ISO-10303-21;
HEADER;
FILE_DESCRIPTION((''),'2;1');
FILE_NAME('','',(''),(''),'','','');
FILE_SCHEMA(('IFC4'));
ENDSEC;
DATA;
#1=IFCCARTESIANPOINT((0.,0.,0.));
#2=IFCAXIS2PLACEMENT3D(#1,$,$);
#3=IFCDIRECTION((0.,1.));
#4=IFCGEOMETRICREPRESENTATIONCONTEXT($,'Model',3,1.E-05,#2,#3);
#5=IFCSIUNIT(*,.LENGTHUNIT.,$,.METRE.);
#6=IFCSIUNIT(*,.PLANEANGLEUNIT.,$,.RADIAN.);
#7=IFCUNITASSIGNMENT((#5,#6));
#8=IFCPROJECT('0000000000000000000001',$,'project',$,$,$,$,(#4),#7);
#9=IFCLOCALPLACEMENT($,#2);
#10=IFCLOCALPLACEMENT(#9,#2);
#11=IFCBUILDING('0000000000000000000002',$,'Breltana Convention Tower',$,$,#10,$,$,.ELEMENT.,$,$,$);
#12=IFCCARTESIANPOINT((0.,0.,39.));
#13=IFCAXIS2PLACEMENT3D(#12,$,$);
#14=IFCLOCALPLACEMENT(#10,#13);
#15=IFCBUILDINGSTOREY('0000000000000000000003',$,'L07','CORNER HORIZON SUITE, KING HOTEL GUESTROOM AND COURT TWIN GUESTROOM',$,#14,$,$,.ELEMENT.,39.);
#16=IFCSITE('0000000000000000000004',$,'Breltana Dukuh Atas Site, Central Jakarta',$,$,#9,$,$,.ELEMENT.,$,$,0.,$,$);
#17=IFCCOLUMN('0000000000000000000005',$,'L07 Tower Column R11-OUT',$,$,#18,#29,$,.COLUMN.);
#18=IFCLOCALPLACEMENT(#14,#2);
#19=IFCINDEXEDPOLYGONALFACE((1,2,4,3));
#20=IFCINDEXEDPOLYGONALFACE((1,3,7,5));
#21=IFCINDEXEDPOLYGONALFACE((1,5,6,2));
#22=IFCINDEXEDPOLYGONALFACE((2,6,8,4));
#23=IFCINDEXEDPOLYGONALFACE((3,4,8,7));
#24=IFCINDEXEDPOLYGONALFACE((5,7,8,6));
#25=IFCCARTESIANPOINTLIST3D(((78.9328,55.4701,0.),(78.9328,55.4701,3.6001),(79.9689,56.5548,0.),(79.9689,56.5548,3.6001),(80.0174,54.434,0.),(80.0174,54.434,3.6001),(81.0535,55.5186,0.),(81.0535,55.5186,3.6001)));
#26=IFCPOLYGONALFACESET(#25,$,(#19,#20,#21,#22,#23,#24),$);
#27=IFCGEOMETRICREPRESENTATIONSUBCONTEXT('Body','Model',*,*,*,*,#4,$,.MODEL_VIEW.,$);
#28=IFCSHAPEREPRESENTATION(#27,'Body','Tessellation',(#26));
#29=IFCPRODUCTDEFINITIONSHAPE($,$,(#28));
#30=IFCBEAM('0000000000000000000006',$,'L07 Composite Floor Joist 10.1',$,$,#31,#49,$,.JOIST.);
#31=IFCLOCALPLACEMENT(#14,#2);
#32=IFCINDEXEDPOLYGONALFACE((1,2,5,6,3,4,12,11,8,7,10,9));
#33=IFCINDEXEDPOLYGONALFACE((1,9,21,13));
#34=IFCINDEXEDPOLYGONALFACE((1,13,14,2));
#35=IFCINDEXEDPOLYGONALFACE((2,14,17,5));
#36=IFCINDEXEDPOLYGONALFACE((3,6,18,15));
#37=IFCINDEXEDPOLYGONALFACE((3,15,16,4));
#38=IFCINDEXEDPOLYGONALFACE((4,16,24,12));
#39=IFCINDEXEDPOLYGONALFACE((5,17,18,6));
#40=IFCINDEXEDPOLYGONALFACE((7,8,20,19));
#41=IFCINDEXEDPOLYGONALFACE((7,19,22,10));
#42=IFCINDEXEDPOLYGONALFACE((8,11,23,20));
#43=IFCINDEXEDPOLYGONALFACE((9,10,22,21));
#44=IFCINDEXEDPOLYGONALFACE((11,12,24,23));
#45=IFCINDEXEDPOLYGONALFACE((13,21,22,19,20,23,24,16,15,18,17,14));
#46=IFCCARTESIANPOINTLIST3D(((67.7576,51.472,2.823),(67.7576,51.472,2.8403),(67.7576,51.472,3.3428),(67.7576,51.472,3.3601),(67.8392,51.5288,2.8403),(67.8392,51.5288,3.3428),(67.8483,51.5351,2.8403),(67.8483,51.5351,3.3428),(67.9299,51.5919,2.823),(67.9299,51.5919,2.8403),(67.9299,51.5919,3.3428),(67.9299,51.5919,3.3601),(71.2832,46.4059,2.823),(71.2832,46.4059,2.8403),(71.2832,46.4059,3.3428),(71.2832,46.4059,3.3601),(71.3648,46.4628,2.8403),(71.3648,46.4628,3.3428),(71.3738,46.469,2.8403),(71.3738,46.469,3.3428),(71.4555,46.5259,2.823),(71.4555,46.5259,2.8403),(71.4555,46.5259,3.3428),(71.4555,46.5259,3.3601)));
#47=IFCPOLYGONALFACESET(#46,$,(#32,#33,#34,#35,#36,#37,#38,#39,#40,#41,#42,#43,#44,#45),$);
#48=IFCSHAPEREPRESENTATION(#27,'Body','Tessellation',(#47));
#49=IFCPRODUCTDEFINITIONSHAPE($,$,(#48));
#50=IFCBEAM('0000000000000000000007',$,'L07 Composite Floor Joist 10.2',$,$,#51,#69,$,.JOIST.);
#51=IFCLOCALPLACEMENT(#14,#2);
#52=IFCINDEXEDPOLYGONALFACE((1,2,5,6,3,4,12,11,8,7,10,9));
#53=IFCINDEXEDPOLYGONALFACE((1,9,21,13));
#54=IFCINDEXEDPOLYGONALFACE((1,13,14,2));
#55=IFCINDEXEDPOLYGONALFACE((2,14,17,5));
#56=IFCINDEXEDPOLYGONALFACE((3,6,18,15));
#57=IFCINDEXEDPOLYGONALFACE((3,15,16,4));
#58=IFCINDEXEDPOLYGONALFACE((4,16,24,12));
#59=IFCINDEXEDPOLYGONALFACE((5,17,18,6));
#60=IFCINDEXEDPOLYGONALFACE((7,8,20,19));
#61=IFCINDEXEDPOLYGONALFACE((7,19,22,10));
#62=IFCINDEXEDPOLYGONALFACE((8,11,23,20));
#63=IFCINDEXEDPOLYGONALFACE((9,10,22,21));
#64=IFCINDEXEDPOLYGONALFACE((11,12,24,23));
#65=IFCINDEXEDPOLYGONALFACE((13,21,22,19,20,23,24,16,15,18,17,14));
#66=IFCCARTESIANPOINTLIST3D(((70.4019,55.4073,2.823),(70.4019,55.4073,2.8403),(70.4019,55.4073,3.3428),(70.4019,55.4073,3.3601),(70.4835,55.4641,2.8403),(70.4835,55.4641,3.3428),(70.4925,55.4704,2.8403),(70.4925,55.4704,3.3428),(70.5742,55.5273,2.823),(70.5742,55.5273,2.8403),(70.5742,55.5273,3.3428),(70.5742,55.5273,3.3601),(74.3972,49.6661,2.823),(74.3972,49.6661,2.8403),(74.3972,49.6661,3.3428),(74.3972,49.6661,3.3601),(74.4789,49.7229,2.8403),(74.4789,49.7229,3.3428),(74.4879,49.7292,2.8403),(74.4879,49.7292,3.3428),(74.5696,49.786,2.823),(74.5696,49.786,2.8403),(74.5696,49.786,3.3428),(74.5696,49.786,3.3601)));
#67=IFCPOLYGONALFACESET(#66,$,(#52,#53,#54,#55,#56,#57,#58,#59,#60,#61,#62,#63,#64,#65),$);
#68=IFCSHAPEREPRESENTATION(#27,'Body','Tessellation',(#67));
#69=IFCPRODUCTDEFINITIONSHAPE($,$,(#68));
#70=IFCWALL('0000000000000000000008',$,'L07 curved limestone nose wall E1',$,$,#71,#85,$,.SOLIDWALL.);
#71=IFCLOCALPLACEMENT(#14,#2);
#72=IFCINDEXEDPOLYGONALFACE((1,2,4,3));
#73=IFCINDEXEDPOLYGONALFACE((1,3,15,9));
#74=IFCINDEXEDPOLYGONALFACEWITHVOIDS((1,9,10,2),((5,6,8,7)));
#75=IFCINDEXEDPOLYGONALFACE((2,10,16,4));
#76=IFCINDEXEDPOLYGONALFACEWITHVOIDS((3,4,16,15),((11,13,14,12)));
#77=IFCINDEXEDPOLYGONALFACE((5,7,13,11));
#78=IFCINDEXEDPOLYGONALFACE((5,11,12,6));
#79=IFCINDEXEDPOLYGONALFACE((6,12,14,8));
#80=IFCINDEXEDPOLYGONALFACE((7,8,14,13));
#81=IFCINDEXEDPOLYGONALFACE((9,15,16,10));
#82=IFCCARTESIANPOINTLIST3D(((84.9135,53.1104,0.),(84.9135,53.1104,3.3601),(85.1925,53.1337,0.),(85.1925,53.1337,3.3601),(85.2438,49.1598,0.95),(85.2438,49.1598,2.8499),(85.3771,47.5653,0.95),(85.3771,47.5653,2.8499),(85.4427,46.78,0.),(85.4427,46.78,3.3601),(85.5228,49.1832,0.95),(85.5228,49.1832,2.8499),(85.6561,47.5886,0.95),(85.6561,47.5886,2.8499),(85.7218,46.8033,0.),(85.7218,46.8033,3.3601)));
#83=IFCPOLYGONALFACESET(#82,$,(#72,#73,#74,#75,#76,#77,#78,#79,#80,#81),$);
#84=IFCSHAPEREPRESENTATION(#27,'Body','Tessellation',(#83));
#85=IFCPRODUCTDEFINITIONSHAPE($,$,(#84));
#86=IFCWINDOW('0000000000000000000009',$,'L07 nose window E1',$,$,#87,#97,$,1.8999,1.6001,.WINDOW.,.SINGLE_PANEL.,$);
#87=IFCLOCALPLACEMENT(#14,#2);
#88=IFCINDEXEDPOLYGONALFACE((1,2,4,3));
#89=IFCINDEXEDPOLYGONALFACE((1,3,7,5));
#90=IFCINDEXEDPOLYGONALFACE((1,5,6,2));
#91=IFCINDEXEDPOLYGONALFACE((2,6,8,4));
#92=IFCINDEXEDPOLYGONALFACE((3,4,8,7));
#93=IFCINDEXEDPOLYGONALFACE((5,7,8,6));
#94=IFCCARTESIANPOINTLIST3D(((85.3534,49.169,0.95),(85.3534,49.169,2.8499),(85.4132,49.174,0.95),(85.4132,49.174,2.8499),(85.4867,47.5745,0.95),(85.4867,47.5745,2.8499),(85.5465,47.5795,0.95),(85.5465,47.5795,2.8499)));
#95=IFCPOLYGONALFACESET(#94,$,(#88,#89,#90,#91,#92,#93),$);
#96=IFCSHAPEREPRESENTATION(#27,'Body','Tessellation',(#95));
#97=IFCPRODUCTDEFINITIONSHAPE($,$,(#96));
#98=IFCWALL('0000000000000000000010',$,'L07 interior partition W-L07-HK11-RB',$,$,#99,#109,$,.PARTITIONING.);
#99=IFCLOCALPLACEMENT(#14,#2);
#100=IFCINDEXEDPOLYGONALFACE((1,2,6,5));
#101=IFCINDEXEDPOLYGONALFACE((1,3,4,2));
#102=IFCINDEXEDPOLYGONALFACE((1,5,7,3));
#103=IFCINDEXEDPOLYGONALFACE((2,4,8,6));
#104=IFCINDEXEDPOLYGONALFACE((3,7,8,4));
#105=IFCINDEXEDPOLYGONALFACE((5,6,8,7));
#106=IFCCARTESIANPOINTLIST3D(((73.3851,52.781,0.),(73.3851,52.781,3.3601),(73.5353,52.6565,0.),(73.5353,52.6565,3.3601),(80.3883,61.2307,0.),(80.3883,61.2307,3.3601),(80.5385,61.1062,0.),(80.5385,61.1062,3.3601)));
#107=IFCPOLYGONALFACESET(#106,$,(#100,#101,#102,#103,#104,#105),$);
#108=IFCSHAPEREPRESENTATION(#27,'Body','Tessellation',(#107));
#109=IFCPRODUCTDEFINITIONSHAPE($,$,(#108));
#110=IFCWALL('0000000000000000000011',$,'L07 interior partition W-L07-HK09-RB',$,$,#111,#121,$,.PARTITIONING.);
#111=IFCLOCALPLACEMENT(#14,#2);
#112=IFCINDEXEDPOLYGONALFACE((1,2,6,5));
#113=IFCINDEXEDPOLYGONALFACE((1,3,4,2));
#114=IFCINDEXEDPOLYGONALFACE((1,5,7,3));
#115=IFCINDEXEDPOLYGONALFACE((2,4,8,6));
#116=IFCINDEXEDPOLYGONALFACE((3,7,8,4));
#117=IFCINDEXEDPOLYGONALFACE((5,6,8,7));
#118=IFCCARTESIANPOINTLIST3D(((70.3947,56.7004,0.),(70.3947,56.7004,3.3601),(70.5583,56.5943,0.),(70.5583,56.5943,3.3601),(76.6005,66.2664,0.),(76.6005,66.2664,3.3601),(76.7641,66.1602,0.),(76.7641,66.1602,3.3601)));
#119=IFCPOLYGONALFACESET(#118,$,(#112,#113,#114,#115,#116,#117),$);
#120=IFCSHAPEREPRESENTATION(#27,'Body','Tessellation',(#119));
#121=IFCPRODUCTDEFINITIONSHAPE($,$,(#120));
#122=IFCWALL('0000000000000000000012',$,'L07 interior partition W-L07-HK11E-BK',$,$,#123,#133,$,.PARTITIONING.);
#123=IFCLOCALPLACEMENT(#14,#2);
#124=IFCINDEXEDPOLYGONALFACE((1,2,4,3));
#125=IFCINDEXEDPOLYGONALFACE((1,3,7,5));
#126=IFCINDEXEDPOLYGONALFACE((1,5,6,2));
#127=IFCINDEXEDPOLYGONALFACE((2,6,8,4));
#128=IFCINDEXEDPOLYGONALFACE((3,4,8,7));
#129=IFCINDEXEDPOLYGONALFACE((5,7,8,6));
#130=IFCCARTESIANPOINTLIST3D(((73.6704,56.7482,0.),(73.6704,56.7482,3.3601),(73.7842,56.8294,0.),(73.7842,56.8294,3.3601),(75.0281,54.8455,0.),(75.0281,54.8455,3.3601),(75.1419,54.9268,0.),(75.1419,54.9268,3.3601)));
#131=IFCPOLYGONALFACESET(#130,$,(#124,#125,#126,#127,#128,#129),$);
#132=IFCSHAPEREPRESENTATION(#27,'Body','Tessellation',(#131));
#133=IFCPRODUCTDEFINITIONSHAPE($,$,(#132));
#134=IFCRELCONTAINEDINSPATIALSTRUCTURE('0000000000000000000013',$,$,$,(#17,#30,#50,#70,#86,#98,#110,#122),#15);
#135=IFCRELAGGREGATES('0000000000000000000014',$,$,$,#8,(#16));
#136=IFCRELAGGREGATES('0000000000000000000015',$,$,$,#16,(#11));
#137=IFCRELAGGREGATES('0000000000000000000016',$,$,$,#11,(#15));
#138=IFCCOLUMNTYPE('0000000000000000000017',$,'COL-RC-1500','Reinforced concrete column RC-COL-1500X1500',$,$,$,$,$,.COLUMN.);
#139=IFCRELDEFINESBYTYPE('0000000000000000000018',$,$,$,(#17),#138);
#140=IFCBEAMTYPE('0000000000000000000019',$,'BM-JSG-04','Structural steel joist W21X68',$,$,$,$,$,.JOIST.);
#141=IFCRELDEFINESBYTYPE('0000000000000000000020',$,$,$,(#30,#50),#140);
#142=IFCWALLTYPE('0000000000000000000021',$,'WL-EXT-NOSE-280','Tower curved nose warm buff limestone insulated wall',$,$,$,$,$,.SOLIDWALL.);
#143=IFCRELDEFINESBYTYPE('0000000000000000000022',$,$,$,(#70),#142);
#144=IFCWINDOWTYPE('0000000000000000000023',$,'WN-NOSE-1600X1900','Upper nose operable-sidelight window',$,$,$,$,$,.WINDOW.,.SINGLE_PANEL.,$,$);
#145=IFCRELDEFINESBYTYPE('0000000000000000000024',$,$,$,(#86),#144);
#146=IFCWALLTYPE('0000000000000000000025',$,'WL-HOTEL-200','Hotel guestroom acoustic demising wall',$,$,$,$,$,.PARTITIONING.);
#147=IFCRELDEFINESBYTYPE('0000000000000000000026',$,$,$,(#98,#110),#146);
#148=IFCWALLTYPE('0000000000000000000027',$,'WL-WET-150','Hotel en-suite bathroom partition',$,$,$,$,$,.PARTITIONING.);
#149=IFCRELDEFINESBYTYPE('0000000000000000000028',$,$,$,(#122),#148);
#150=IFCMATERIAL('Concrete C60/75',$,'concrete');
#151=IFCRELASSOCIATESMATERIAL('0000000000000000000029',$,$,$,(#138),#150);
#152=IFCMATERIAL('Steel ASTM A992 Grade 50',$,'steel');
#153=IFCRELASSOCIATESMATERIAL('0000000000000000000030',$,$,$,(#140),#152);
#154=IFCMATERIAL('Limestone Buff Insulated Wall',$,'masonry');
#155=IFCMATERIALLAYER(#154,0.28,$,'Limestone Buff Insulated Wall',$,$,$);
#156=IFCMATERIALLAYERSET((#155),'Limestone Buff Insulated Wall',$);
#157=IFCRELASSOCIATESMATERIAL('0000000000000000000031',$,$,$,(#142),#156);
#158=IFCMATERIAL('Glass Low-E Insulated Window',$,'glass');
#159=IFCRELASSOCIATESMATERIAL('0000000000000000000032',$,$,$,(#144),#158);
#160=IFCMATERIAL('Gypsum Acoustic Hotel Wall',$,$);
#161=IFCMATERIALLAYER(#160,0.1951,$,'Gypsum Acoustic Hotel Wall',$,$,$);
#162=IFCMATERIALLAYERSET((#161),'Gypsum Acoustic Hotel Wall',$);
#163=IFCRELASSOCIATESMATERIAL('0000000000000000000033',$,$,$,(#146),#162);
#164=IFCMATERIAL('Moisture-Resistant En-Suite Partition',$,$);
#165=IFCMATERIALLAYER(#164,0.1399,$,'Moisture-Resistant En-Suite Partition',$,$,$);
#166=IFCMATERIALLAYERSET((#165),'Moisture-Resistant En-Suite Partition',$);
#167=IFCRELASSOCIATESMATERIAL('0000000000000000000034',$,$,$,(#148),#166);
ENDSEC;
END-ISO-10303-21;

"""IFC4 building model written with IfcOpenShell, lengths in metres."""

from ifc_helpers import new_model, si_unit, direction, frame, frame_2d, origin, origin_2d, place, context, subcontext, project, spatial, rectangle, i_section, extrude, source, transform, mapped, material, layer, layer_set, material_profile, profile_set, type_object, type_shapes, element, fill, save


model = new_model("IFC4")

# Units and contexts
model_context = context("Model", 3, precision=1e-05, world=origin(), true_north=direction((0.0, 1.0)))
body_context = subcontext(model_context, "Body", "Model", "MODEL_VIEW")
ifc_project = project(units=[si_unit("LENGTHUNIT", "METRE"), si_unit("PLANEANGLEUNIT", "RADIAN")], contexts=[model_context])

# Site, building, storey
site_placement = place(None, origin())
site = spatial("IfcSite", under=ifc_project, at=site_placement, Name="Breltana Dukuh Atas Site, Central Jakarta", CompositionType="ELEMENT", RefElevation=0.0)
building_placement = place(site_placement, origin())
building = spatial("IfcBuilding", under=site, at=building_placement, Name="Breltana Convention Tower", CompositionType="ELEMENT")
storey_placement = place(building_placement, frame((0.0, 0.0, 39.0)))
storey = spatial("IfcBuildingStorey", under=building, at=storey_placement, Name="L07", Description="CORNER HORIZON SUITE, KING HOTEL GUESTROOM AND COURT TWIN GUESTROOM", CompositionType="ELEMENT", Elevation=39.0)

# Column
ifc_material_1 = material(Name="Concrete C60/75", Category="concrete")
ifc_material_profile_1 = material_profile(ifc_material_1, rectangle(XDim=1.5, YDim=1.5, at=origin_2d()), Name="RC-COL-1500X1500")
ifc_profile_set_1 = profile_set([ifc_material_profile_1], Name="Concrete C60/75")
column_type = type_object("IfcColumnType", Name="COL-RC-1500", Description="Reinforced concrete column RC-COL-1500X1500", PredefinedType="COLUMN", material=ifc_profile_set_1)
shared_shape_1 = source(origin(), body_context, "Body", "SweptSolid", [
    extrude(rectangle(XDim=1.5, YDim=1.5, at=origin_2d()), origin(), (0.0, 0.0, 1.0), 3.6001),
])
column_placement = place(storey_placement, frame((79.9932, 55.4944, 0.0), z_axis=(0.0, 0.0, 1.0), x_axis=(0.690756, 0.723088, 0.0)))
element("IfcColumn", 1, at=column_placement, inside=storey, type_object=column_type, Name="L07 Tower Column R11-OUT", PredefinedType="COLUMN", context=body_context, shape_type="MappedRepresentation", body=[
    mapped(shared_shape_1, transform((0.0, 0.0, 0.0), scale=1.0)),
])

# Beams
ifc_material_2 = material(Name="Steel ASTM A992 Grade 50", Category="steel")
ifc_material_profile_2 = material_profile(ifc_material_2, i_section(OverallWidth=0.21, OverallDepth=0.5371, WebThickness=0.011, FlangeThickness=0.0173, at=origin_2d()), Name="W21X68")
ifc_profile_set_2 = profile_set([ifc_material_profile_2], Name="Steel ASTM A992 Grade 50")
beam_type = type_object("IfcBeamType", Name="BM-JSG-04", Description="Structural steel joist W21X68", PredefinedType="JOIST", material=ifc_profile_set_2)
shared_shape_2 = source(origin(), body_context, "Body", "SweptSolid", [
    extrude(i_section(OverallWidth=0.21, OverallDepth=0.5371, WebThickness=0.011, FlangeThickness=0.0173, at=origin_2d()), origin(), (0.0, 0.0, 1.0), 6.1721),
])
beam_1_placement = place(storey_placement, frame((67.8438, 51.532, 3.0916), z_axis=(0.571212, -0.820803, 0.0), x_axis=(0.820803, 0.571212, 0.0)))
element("IfcBeam", 2, at=beam_1_placement, inside=storey, type_object=beam_type, Name="L07 Composite Floor Joist 10.1", PredefinedType="JOIST", context=body_context, shape_type="MappedRepresentation", body=[
    mapped(shared_shape_2, transform((0.0, 0.0, 0.0), scale=1.0)),
])
shared_shape_3 = source(origin(), body_context, "Body", "SweptSolid", [
    extrude(i_section(OverallWidth=0.21, OverallDepth=0.5371, WebThickness=0.011, FlangeThickness=0.0173, at=origin_2d()), origin(), (0.0, 0.0, 1.0), 6.9946),
])
beam_2_placement = place(storey_placement, frame((70.488, 55.4673, 3.0916), z_axis=(0.571207, -0.820806, 0.0), x_axis=(0.820806, 0.571207, 0.0)))
element("IfcBeam", 3, at=beam_2_placement, inside=storey, type_object=beam_type, Name="L07 Composite Floor Joist 10.2", PredefinedType="JOIST", context=body_context, shape_type="MappedRepresentation", body=[
    mapped(shared_shape_3, transform((0.0, 0.0, 0.0), scale=1.0)),
])

# Wall, opening, window
ifc_material_3 = material(Name="Limestone Buff Insulated Wall", Category="masonry")
ifc_layer_1 = layer(ifc_material_3, 0.28, Name="Limestone Buff Insulated Wall")
ifc_layer_set_1 = layer_set([ifc_layer_1], Name="Limestone Buff Insulated Wall")
wall_type_1 = type_object("IfcWallType", Name="WL-EXT-NOSE-280", Description="Tower curved nose warm buff limestone insulated wall", PredefinedType="SOLIDWALL", material=ifc_layer_set_1)
shared_shape_4 = source(origin(), body_context, "Body", "SweptSolid", [
    extrude(rectangle(XDim=6.3525, YDim=0.28, at=frame_2d((3.1763, 0.0))), origin(), (0.0, 0.0, 1.0), 3.3601),
])
wall_1_placement = place(storey_placement, frame((85.053, 53.1221, 0.0), z_axis=(0.0, 0.0, 1.0), x_axis=(0.083319, -0.996523, 0.0)))
wall_1 = element("IfcWall", 4, at=wall_1_placement, inside=storey, type_object=wall_type_1, Name="L07 curved limestone nose wall E1", PredefinedType="SOLIDWALL", context=body_context, shape_type="MappedRepresentation", body=[
    mapped(shared_shape_4, transform((0.0, 0.0, 0.0), scale=1.0)),
])
opening_1_placement = place(wall_1_placement, frame((3.9644, 0.0, 0.95)))
opening_1 = element("IfcOpeningElement", 5, at=opening_1_placement, cuts=wall_1, PredefinedType="OPENING", context=body_context, shape_type="SweptSolid", body=[
    extrude(rectangle(XDim=1.6001, YDim=1.8999, at=frame_2d((0.8, 0.95))), frame((0.0, 0.1499, 0.0), z_axis=(0.0, -1.0, 0.0), x_axis=(1.0, 0.0, 0.0)), (0.0, 0.0, 1.0), 0.3),
])
ifc_material_4 = material(Name="Glass Low-E Insulated Window", Category="glass")
window_type = type_object("IfcWindowType", Name="WN-NOSE-1600X1900", Description="Upper nose operable-sidelight window", PartitioningType="SINGLE_PANEL", PredefinedType="WINDOW", material=ifc_material_4)
shared_shape_5 = source(origin(), body_context, "Body", "SweptSolid", [
    extrude(rectangle(XDim=1.6001, YDim=1.8999, at=frame_2d((0.8, 0.95))), frame((0.0, 0.03, 0.0), z_axis=(0.0, -1.0, 0.0), x_axis=(1.0, 0.0, 0.0)), (0.0, 0.0, 1.0), 0.0601),
])
type_shapes(window_type, [shared_shape_5])
window_placement = place(opening_1_placement, origin())
window = element("IfcWindow", 6, at=window_placement, inside=storey, type_object=window_type, Name="L07 nose window E1", OverallHeight=1.8999, OverallWidth=1.6001, PartitioningType="SINGLE_PANEL", PredefinedType="WINDOW", context=body_context, shape_type="MappedRepresentation", body=[
    mapped(shared_shape_5, transform((0.0, 0.0, 0.0), scale=1.0)),
])
fill(opening_1, window)

# Shared definitions
ifc_material_5 = material(Name="Gypsum Acoustic Hotel Wall")
ifc_layer_2 = layer(ifc_material_5, 0.1951, Name="Gypsum Acoustic Hotel Wall")
ifc_layer_set_2 = layer_set([ifc_layer_2], Name="Gypsum Acoustic Hotel Wall")
wall_type_2 = type_object("IfcWallType", Name="WL-HOTEL-200", Description="Hotel guestroom acoustic demising wall", PredefinedType="PARTITIONING", material=ifc_layer_set_2)

# Walls
shared_shape_6 = source(origin(), body_context, "Body", "SweptSolid", [
    extrude(rectangle(XDim=10.9746, YDim=0.1951, at=frame_2d((5.4873, 0.0))), origin(), (0.0, 0.0, 1.0), 3.3601),
])
wall_2_placement = place(storey_placement, frame((73.4602, 52.7188, 0.0), z_axis=(0.0, 0.0, 1.0), x_axis=(0.638125, 0.769933, 0.0)))
element("IfcWall", 7, at=wall_2_placement, inside=storey, type_object=wall_type_2, Name="L07 interior partition W-L07-HK11-RB", PredefinedType="PARTITIONING", context=body_context, shape_type="MappedRepresentation", body=[
    mapped(shared_shape_6, transform((0.0, 0.0, 0.0), scale=1.0)),
])
shared_shape_7 = source(origin(), body_context, "Body", "SweptSolid", [
    extrude(rectangle(XDim=11.4026, YDim=0.1951, at=frame_2d((5.7012, 0.0))), origin(), (0.0, 0.0, 1.0), 3.3601),
])
wall_3_placement = place(storey_placement, frame((70.4766, 56.6475, 0.0), z_axis=(0.0, 0.0, 1.0), x_axis=(0.544246, 0.838926, 0.0)))
element("IfcWall", 8, at=wall_3_placement, inside=storey, type_object=wall_type_2, Name="L07 interior partition W-L07-HK09-RB", PredefinedType="PARTITIONING", context=body_context, shape_type="MappedRepresentation", body=[
    mapped(shared_shape_7, transform((0.0, 0.0, 0.0), scale=1.0)),
])
ifc_material_6 = material(Name="Moisture-Resistant En-Suite Partition")
ifc_layer_3 = layer(ifc_material_6, 0.1399, Name="Moisture-Resistant En-Suite Partition")
ifc_layer_set_3 = layer_set([ifc_layer_3], Name="Moisture-Resistant En-Suite Partition")
wall_type_3 = type_object("IfcWallType", Name="WL-WET-150", Description="Hotel en-suite bathroom partition", PredefinedType="PARTITIONING", material=ifc_layer_set_3)
shared_shape_8 = source(origin(), body_context, "Body", "SweptSolid", [
    extrude(rectangle(XDim=2.3374, YDim=0.1399, at=frame_2d((1.1687, 0.0))), origin(), (0.0, 0.0, 1.0), 3.3601),
])
wall_4_placement = place(storey_placement, frame((73.7273, 56.7888, 0.0), z_axis=(0.0, 0.0, 1.0), x_axis=(0.580863, -0.814002, 0.0)))
element("IfcWall", 9, at=wall_4_placement, inside=storey, type_object=wall_type_3, Name="L07 interior partition W-L07-HK11E-BK", PredefinedType="PARTITIONING", context=body_context, shape_type="MappedRepresentation", body=[
    mapped(shared_shape_8, transform((0.0, 0.0, 0.0), scale=1.0)),
])

save(model, "model.ifc")
